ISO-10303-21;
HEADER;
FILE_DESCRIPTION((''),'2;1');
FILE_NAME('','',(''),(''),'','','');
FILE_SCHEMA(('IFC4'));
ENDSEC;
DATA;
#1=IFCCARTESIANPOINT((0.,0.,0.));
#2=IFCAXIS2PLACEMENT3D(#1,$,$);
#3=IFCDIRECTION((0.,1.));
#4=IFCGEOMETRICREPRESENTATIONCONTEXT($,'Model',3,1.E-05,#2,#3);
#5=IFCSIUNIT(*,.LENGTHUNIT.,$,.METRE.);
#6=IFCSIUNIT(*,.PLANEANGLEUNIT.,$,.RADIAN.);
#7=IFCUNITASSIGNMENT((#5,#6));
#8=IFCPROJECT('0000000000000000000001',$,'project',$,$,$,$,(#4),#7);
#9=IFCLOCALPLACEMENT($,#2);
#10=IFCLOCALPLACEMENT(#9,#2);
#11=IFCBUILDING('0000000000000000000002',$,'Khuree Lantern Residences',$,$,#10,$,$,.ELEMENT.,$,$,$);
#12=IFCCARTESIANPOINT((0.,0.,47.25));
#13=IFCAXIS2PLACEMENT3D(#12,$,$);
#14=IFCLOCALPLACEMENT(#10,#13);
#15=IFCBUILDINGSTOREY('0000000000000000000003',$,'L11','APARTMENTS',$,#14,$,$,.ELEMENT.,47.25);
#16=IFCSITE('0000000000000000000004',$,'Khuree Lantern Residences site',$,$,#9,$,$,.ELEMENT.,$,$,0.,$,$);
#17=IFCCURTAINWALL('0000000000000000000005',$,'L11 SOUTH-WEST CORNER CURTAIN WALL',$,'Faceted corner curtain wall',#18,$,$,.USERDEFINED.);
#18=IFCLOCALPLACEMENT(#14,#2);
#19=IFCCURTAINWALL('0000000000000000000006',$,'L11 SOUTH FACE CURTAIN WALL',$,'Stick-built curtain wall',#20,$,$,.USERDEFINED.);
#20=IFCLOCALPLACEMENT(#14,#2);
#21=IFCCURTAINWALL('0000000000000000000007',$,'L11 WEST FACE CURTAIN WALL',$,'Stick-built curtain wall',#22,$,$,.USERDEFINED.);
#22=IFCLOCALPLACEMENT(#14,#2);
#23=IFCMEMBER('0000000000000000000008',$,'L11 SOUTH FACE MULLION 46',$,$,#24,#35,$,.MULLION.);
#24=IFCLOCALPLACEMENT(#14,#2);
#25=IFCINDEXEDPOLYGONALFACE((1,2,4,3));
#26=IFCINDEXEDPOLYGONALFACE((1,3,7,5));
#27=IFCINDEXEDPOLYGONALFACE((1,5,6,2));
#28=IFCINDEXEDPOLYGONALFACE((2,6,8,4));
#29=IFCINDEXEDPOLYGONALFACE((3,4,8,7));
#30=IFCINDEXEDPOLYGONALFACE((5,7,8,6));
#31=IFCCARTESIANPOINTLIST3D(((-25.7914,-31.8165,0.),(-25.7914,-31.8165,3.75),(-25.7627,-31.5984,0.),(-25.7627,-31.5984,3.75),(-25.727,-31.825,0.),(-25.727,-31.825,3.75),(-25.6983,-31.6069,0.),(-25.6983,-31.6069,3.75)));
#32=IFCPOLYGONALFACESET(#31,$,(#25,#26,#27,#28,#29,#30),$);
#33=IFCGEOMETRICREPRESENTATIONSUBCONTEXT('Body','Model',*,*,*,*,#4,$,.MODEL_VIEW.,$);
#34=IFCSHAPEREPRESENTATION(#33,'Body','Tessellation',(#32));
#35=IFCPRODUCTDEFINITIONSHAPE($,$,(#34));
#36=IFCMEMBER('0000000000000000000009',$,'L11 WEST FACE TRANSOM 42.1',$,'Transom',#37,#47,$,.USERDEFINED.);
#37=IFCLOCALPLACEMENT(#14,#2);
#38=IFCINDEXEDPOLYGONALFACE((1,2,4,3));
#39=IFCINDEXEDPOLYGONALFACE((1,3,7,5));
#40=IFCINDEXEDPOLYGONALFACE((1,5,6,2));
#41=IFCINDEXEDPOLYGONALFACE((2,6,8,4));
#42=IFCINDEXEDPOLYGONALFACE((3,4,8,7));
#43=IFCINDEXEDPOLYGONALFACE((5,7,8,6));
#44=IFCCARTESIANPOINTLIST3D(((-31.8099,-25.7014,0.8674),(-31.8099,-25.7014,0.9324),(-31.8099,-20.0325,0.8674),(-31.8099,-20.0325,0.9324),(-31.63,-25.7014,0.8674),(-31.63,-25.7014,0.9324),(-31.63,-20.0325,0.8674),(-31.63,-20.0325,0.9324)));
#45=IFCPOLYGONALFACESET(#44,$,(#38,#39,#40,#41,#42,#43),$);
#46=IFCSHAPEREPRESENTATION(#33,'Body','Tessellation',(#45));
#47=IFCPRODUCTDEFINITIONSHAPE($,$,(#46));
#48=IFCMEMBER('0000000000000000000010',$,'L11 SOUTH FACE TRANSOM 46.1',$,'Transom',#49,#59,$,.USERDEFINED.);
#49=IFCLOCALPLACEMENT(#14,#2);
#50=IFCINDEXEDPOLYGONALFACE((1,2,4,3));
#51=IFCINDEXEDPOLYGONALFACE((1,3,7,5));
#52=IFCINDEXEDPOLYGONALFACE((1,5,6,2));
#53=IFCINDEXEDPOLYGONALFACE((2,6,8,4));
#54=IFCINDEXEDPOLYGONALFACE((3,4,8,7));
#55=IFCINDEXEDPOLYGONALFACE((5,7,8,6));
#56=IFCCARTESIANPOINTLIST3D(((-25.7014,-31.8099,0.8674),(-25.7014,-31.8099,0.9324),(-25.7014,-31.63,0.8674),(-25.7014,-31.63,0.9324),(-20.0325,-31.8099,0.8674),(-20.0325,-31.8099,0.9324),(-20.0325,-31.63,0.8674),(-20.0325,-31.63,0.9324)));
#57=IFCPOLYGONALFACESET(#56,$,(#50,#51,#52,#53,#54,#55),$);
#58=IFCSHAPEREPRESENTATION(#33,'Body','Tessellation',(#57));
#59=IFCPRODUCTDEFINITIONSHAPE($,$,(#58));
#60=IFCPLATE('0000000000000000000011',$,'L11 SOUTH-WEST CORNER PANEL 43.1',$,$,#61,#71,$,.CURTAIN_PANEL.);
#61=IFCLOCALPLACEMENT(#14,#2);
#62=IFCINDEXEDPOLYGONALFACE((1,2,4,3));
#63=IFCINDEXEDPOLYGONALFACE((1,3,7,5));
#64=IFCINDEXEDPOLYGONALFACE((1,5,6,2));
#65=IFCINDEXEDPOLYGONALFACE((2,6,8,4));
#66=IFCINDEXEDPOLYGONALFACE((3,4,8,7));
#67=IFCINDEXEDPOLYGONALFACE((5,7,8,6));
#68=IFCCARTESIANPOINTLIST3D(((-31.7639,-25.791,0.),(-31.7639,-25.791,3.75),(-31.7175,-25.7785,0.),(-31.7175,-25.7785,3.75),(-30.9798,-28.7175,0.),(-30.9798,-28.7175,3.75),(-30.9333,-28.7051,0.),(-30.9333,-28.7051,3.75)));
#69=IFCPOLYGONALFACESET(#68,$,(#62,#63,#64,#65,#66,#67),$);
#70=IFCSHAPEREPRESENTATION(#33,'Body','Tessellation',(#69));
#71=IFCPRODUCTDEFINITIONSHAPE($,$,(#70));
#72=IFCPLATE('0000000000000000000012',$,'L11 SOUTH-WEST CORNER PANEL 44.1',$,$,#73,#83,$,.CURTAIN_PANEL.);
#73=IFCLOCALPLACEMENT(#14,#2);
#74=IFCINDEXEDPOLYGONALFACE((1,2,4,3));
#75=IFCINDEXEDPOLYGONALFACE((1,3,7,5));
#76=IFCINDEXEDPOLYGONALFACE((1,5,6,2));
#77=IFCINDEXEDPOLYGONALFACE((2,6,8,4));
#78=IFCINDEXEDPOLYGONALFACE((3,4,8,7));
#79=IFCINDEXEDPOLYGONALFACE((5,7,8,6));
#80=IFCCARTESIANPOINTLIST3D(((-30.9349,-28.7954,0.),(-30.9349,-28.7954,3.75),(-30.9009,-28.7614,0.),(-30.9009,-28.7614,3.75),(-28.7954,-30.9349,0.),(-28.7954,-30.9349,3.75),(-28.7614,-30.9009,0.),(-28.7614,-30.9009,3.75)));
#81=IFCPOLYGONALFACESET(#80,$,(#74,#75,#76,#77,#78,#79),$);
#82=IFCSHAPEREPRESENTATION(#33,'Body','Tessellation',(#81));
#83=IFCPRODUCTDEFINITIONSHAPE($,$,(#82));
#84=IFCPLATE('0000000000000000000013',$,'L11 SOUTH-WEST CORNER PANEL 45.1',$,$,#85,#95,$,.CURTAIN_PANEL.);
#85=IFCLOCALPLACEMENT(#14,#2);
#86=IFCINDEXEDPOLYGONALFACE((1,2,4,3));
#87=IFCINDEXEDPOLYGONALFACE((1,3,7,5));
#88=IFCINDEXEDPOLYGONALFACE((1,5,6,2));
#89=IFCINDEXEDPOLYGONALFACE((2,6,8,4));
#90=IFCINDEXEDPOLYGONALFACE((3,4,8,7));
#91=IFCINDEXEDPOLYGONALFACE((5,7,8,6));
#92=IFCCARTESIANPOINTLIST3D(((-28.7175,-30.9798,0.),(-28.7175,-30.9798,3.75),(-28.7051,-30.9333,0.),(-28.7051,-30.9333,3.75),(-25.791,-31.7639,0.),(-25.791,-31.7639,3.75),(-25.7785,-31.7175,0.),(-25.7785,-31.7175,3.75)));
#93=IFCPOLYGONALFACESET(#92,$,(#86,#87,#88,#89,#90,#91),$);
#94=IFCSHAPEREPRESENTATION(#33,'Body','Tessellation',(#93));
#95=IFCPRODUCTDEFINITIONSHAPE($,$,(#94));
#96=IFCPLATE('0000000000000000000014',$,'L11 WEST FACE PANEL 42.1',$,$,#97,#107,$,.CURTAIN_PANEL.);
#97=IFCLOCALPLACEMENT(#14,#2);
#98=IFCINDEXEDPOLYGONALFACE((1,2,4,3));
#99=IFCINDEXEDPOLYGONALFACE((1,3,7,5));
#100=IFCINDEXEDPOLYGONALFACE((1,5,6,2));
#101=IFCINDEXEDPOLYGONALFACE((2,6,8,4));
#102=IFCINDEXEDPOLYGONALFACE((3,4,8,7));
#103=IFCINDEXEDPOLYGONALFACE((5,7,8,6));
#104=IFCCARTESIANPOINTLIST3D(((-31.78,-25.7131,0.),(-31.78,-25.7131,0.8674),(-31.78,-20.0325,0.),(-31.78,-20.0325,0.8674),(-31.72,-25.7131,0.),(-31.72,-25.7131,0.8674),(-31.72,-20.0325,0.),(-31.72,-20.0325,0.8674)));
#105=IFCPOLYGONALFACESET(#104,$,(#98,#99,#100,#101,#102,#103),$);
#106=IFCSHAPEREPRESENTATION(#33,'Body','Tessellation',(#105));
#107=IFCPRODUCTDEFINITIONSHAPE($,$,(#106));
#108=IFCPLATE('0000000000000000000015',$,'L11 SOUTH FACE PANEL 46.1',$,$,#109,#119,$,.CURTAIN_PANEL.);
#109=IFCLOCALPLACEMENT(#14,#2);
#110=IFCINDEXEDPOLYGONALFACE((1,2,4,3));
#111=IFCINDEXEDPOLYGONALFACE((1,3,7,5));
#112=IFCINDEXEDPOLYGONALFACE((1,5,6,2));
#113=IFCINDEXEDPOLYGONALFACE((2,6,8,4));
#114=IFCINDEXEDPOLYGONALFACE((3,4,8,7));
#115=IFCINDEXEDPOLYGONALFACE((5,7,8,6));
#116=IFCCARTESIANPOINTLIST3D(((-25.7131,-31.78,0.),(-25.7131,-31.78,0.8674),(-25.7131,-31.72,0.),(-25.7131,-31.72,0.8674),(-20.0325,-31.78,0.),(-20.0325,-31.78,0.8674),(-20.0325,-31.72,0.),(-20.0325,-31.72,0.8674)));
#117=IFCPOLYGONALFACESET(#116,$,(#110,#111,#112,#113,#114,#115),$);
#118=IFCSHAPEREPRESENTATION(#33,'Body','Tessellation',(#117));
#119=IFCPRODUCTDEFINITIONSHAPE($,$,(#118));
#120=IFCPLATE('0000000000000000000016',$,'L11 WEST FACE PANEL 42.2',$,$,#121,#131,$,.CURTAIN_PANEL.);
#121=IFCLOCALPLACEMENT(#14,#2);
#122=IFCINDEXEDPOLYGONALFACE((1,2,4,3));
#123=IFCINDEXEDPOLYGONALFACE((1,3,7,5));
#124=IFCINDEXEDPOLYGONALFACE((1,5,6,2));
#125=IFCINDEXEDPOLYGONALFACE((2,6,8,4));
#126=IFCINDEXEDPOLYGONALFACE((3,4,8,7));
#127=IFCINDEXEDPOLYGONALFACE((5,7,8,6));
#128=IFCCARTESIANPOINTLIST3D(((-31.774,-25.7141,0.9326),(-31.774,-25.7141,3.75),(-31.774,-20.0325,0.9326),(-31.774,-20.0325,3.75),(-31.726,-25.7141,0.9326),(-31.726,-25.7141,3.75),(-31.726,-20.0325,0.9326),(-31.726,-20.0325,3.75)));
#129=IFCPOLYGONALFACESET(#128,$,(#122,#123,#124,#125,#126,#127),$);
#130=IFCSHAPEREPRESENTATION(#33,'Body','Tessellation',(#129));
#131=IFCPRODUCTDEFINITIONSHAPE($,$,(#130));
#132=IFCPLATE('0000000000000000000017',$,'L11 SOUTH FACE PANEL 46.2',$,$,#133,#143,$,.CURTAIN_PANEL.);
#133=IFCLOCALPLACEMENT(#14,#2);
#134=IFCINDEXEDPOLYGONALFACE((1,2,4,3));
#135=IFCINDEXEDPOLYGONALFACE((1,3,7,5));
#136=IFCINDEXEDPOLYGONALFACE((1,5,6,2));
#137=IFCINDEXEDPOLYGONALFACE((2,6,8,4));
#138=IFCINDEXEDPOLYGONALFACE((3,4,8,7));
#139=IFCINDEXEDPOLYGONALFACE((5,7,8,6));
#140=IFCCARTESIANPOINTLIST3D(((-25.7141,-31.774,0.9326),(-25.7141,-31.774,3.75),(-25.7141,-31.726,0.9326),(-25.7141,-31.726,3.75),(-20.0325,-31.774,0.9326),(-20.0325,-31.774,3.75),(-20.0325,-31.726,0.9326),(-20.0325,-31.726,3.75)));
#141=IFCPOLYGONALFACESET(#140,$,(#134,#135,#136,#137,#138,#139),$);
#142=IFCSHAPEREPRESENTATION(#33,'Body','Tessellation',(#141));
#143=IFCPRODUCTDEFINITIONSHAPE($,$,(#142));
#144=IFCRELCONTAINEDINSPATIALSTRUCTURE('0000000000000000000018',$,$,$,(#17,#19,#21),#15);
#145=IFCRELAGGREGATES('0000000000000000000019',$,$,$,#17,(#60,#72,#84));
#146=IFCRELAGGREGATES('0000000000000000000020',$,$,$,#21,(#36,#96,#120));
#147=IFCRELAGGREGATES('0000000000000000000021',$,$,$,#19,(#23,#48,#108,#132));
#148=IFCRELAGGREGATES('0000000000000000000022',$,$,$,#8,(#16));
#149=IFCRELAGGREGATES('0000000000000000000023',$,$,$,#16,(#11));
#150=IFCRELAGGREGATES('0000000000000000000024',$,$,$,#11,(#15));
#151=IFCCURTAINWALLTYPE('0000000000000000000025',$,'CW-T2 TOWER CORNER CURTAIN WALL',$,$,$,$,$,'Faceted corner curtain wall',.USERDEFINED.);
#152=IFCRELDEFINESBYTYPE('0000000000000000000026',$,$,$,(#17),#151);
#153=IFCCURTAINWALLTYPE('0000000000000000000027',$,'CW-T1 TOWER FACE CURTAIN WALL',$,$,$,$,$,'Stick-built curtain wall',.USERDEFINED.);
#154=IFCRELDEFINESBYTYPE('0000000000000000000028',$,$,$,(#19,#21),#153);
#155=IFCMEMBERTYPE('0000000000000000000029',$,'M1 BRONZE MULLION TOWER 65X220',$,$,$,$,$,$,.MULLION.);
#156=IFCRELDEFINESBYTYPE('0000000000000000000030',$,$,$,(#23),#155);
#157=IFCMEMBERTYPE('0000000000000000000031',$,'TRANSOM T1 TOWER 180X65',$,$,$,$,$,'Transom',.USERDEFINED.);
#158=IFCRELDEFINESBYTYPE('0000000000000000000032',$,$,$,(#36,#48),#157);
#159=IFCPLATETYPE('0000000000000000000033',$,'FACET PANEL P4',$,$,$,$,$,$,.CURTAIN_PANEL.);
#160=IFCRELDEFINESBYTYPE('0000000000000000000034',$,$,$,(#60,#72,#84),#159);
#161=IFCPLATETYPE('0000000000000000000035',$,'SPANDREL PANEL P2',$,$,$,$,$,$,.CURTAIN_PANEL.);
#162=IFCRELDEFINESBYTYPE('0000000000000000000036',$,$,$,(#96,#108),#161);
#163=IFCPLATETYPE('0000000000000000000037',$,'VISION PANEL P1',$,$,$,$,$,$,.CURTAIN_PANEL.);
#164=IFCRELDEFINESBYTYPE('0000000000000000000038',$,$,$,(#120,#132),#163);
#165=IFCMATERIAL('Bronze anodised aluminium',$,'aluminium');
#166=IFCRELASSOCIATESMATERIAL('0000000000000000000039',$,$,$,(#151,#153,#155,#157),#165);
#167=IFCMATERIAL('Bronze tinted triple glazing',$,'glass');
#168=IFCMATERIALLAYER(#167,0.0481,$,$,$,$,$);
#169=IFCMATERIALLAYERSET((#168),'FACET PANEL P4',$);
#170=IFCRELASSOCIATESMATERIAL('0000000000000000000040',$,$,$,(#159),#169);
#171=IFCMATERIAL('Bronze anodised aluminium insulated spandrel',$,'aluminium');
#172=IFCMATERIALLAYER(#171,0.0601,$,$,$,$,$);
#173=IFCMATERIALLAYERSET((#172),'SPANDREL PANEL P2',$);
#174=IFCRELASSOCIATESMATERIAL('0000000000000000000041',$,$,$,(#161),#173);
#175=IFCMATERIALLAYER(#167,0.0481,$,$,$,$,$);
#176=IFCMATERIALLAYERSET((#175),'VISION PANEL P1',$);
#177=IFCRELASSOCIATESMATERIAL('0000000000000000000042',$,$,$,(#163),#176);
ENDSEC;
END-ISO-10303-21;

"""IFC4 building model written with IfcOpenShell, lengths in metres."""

from ifc_helpers import new_model, si_unit, direction, frame, origin, origin_2d, place, context, subcontext, project, spatial, rectangle, extrude, material, layer, layer_set, material_profile, profile_set, type_object, element, aggregate, save


model = new_model("IFC4")

# Units and contexts
model_context = context("Model", 3, precision=1e-05, world=origin(), true_north=direction((0.0, 1.0)))
body_context = subcontext(model_context, "Body", "Model", "MODEL_VIEW")
ifc_project = project(units=[si_unit("LENGTHUNIT", "METRE"), si_unit("PLANEANGLEUNIT", "RADIAN")], contexts=[model_context])

# Site, building, storey
site_placement = place(None, origin())
site = spatial("IfcSite", under=ifc_project, at=site_placement, Name="Khuree Lantern Residences site", CompositionType="ELEMENT", RefElevation=0.0)
building_placement = place(site_placement, origin())
building = spatial("IfcBuilding", under=site, at=building_placement, Name="Khuree Lantern Residences", CompositionType="ELEMENT")
storey_placement = place(building_placement, frame((0.0, 0.0, 47.25)))
storey = spatial("IfcBuildingStorey", under=building, at=storey_placement, Name="L11", Description="APARTMENTS", CompositionType="ELEMENT", Elevation=47.25)

# Curtain walls
ifc_material_1 = material(Name="Bronze anodised aluminium", Category="aluminium")
curtain_wall_type_1 = type_object("IfcCurtainWallType", Name="CW-T2 TOWER CORNER CURTAIN WALL", ElementType="Faceted corner curtain wall", PredefinedType="USERDEFINED", material=ifc_material_1)
curtain_wall_1_placement = place(storey_placement, origin())
curtain_wall_1 = element("IfcCurtainWall", 1, at=curtain_wall_1_placement, inside=storey, type_object=curtain_wall_type_1, Name="L11 SOUTH-WEST CORNER CURTAIN WALL", ObjectType="Faceted corner curtain wall", PredefinedType="USERDEFINED")
curtain_wall_type_2 = type_object("IfcCurtainWallType", Name="CW-T1 TOWER FACE CURTAIN WALL", ElementType="Stick-built curtain wall", PredefinedType="USERDEFINED", material=ifc_material_1)
curtain_wall_2_placement = place(storey_placement, origin())
curtain_wall_2 = element("IfcCurtainWall", 2, at=curtain_wall_2_placement, inside=storey, type_object=curtain_wall_type_2, Name="L11 SOUTH FACE CURTAIN WALL", ObjectType="Stick-built curtain wall", PredefinedType="USERDEFINED")

# Curtain wall
curtain_wall_3_placement = place(storey_placement, origin())
curtain_wall_3 = element("IfcCurtainWall", 3, at=curtain_wall_3_placement, inside=storey, type_object=curtain_wall_type_2, Name="L11 WEST FACE CURTAIN WALL", ObjectType="Stick-built curtain wall", PredefinedType="USERDEFINED")
ifc_material_profile_1 = material_profile(ifc_material_1, rectangle(XDim=0.0649, YDim=0.22, at=origin_2d()), Name="M1 65X220")
ifc_profile_set_1 = profile_set([ifc_material_profile_1], Name="Bronze anodised aluminium")
member_type_1 = type_object("IfcMemberType", Name="M1 BRONZE MULLION TOWER 65X220", PredefinedType="MULLION", material=ifc_profile_set_1)

# Members
member_1_placement = place(storey_placement, frame((-25.7449, -31.7117, 0.0), z_axis=(0.0, 0.0, 1.0), x_axis=(0.991445, -0.130526, 0.0)))
member_1 = element("IfcMember", 4, at=member_1_placement, type_object=member_type_1, Name="L11 SOUTH FACE MULLION 46", PredefinedType="MULLION", context=body_context, shape_type="SweptSolid", body=[
    extrude(rectangle(XDim=0.0649, YDim=0.22, at=origin_2d()), origin(), (0.0, 0.0, 1.0), 3.75),
])
ifc_material_profile_2 = material_profile(ifc_material_1, rectangle(XDim=0.1799, YDim=0.0649, at=origin_2d()), Name="T1 180X65")
ifc_profile_set_2 = profile_set([ifc_material_profile_2], Name="Bronze anodised aluminium")
member_type_2 = type_object("IfcMemberType", Name="TRANSOM T1 TOWER 180X65", ElementType="Transom", PredefinedType="USERDEFINED", material=ifc_profile_set_2)
member_2_placement = place(storey_placement, frame((-31.72, -20.0325, 0.8999), z_axis=(0.0, -1.0, 0.0), x_axis=(1.0, 0.0, 0.0)))
member_2 = element("IfcMember", 5, at=member_2_placement, type_object=member_type_2, Name="L11 WEST FACE TRANSOM 42.1", ObjectType="Transom", PredefinedType="USERDEFINED", context=body_context, shape_type="SweptSolid", body=[
    extrude(rectangle(XDim=0.1799, YDim=0.0649, at=origin_2d()), origin(), (0.0, 0.0, 1.0), 5.6689),
])
member_3_placement = place(storey_placement, frame((-25.7014, -31.72, 0.8999), z_axis=(1.0, 0.0, 0.0), x_axis=(0.0, 1.0, 0.0)))
member_3 = element("IfcMember", 6, at=member_3_placement, type_object=member_type_2, Name="L11 SOUTH FACE TRANSOM 46.1", ObjectType="Transom", PredefinedType="USERDEFINED", context=body_context, shape_type="SweptSolid", body=[
    extrude(rectangle(XDim=0.1799, YDim=0.0649, at=origin_2d()), origin(), (0.0, 0.0, 1.0), 5.6689),
])

# Plates
ifc_material_2 = material(Name="Bronze tinted triple glazing", Category="glass")
ifc_layer_1 = layer(ifc_material_2, 0.0481)
ifc_layer_set_1 = layer_set([ifc_layer_1], Name="FACET PANEL P4")
plate_type_1 = type_object("IfcPlateType", Name="FACET PANEL P4", PredefinedType="CURTAIN_PANEL", material=ifc_layer_set_1)
plate_1_placement = place(storey_placement, frame((-31.3486, -27.248, 0.0), z_axis=(0.0, 0.0, 1.0), x_axis=(0.258819, -0.965926, 0.0)))
plate_1 = element("IfcPlate", 7, at=plate_1_placement, type_object=plate_type_1, Name="L11 SOUTH-WEST CORNER PANEL 43.1", PredefinedType="CURTAIN_PANEL", context=body_context, shape_type="SweptSolid", body=[
    extrude(rectangle(XDim=3.0298, YDim=0.0481, at=origin_2d()), origin(), (0.0, 0.0, 1.0), 3.75),
])
plate_2_placement = place(storey_placement, frame((-29.8481, -29.8481, 0.0), z_axis=(0.0, 0.0, 1.0), x_axis=(0.707107, -0.707107, 0.0)))
plate_2 = element("IfcPlate", 8, at=plate_2_placement, type_object=plate_type_1, Name="L11 SOUTH-WEST CORNER PANEL 44.1", PredefinedType="CURTAIN_PANEL", context=body_context, shape_type="SweptSolid", body=[
    extrude(rectangle(XDim=3.0256, YDim=0.0481, at=origin_2d()), origin(), (0.0, 0.0, 1.0), 3.75),
])
plate_3_placement = place(storey_placement, frame((-27.248, -31.3486, 0.0), z_axis=(0.0, 0.0, 1.0), x_axis=(0.965926, -0.258819, 0.0)))
plate_3 = element("IfcPlate", 9, at=plate_3_placement, type_object=plate_type_1, Name="L11 SOUTH-WEST CORNER PANEL 45.1", PredefinedType="CURTAIN_PANEL", context=body_context, shape_type="SweptSolid", body=[
    extrude(rectangle(XDim=3.0298, YDim=0.0481, at=origin_2d()), origin(), (0.0, 0.0, 1.0), 3.75),
])
aggregate(curtain_wall_1, [plate_1, plate_2, plate_3])
ifc_material_3 = material(Name="Bronze anodised aluminium insulated spandrel", Category="aluminium")
ifc_layer_2 = layer(ifc_material_3, 0.0601)
ifc_layer_set_2 = layer_set([ifc_layer_2], Name="SPANDREL PANEL P2")
plate_type_2 = type_object("IfcPlateType", Name="SPANDREL PANEL P2", PredefinedType="CURTAIN_PANEL", material=ifc_layer_set_2)
plate_4_placement = place(storey_placement, frame((-31.75, -22.8728, 0.0), z_axis=(0.0, 0.0, 1.0), x_axis=(0.0, -1.0, 0.0)))
plate_4 = element("IfcPlate", 10, at=plate_4_placement, type_object=plate_type_2, Name="L11 WEST FACE PANEL 42.1", PredefinedType="CURTAIN_PANEL", context=body_context, shape_type="SweptSolid", body=[
    extrude(rectangle(XDim=5.6807, YDim=0.0601, at=origin_2d()), origin(), (0.0, 0.0, 1.0), 0.8674),
])
plate_5_placement = place(storey_placement, frame((-22.8728, -31.75, 0.0), z_axis=(0.0, 0.0, 1.0), x_axis=(1.0, 0.0, 0.0)))
plate_5 = element("IfcPlate", 11, at=plate_5_placement, type_object=plate_type_2, Name="L11 SOUTH FACE PANEL 46.1", PredefinedType="CURTAIN_PANEL", context=body_context, shape_type="SweptSolid", body=[
    extrude(rectangle(XDim=5.6807, YDim=0.0601, at=origin_2d()), origin(), (0.0, 0.0, 1.0), 0.8674),
])
ifc_layer_3 = layer(ifc_material_2, 0.0481)
ifc_layer_set_3 = layer_set([ifc_layer_3], Name="VISION PANEL P1")
plate_type_3 = type_object("IfcPlateType", Name="VISION PANEL P1", PredefinedType="CURTAIN_PANEL", material=ifc_layer_set_3)
plate_6_placement = place(storey_placement, frame((-31.75, -22.8733, 0.9326), z_axis=(0.0, 0.0, 1.0), x_axis=(0.0, -1.0, 0.0)))
plate_6 = element("IfcPlate", 12, at=plate_6_placement, type_object=plate_type_3, Name="L11 WEST FACE PANEL 42.2", PredefinedType="CURTAIN_PANEL", context=body_context, shape_type="SweptSolid", body=[
    extrude(rectangle(XDim=5.6816, YDim=0.0481, at=origin_2d()), origin(), (0.0, 0.0, 1.0), 2.8174),
])
aggregate(curtain_wall_3, [member_2, plate_4, plate_6])
plate_7_placement = place(storey_placement, frame((-22.8733, -31.75, 0.9326), z_axis=(0.0, 0.0, 1.0), x_axis=(1.0, 0.0, 0.0)))
plate_7 = element("IfcPlate", 13, at=plate_7_placement, type_object=plate_type_3, Name="L11 SOUTH FACE PANEL 46.2", PredefinedType="CURTAIN_PANEL", context=body_context, shape_type="SweptSolid", body=[
    extrude(rectangle(XDim=5.6816, YDim=0.0481, at=origin_2d()), origin(), (0.0, 0.0, 1.0), 2.8174),
])
aggregate(curtain_wall_2, [member_1, member_3, plate_5, plate_7])

save(model, "model.ifc")
